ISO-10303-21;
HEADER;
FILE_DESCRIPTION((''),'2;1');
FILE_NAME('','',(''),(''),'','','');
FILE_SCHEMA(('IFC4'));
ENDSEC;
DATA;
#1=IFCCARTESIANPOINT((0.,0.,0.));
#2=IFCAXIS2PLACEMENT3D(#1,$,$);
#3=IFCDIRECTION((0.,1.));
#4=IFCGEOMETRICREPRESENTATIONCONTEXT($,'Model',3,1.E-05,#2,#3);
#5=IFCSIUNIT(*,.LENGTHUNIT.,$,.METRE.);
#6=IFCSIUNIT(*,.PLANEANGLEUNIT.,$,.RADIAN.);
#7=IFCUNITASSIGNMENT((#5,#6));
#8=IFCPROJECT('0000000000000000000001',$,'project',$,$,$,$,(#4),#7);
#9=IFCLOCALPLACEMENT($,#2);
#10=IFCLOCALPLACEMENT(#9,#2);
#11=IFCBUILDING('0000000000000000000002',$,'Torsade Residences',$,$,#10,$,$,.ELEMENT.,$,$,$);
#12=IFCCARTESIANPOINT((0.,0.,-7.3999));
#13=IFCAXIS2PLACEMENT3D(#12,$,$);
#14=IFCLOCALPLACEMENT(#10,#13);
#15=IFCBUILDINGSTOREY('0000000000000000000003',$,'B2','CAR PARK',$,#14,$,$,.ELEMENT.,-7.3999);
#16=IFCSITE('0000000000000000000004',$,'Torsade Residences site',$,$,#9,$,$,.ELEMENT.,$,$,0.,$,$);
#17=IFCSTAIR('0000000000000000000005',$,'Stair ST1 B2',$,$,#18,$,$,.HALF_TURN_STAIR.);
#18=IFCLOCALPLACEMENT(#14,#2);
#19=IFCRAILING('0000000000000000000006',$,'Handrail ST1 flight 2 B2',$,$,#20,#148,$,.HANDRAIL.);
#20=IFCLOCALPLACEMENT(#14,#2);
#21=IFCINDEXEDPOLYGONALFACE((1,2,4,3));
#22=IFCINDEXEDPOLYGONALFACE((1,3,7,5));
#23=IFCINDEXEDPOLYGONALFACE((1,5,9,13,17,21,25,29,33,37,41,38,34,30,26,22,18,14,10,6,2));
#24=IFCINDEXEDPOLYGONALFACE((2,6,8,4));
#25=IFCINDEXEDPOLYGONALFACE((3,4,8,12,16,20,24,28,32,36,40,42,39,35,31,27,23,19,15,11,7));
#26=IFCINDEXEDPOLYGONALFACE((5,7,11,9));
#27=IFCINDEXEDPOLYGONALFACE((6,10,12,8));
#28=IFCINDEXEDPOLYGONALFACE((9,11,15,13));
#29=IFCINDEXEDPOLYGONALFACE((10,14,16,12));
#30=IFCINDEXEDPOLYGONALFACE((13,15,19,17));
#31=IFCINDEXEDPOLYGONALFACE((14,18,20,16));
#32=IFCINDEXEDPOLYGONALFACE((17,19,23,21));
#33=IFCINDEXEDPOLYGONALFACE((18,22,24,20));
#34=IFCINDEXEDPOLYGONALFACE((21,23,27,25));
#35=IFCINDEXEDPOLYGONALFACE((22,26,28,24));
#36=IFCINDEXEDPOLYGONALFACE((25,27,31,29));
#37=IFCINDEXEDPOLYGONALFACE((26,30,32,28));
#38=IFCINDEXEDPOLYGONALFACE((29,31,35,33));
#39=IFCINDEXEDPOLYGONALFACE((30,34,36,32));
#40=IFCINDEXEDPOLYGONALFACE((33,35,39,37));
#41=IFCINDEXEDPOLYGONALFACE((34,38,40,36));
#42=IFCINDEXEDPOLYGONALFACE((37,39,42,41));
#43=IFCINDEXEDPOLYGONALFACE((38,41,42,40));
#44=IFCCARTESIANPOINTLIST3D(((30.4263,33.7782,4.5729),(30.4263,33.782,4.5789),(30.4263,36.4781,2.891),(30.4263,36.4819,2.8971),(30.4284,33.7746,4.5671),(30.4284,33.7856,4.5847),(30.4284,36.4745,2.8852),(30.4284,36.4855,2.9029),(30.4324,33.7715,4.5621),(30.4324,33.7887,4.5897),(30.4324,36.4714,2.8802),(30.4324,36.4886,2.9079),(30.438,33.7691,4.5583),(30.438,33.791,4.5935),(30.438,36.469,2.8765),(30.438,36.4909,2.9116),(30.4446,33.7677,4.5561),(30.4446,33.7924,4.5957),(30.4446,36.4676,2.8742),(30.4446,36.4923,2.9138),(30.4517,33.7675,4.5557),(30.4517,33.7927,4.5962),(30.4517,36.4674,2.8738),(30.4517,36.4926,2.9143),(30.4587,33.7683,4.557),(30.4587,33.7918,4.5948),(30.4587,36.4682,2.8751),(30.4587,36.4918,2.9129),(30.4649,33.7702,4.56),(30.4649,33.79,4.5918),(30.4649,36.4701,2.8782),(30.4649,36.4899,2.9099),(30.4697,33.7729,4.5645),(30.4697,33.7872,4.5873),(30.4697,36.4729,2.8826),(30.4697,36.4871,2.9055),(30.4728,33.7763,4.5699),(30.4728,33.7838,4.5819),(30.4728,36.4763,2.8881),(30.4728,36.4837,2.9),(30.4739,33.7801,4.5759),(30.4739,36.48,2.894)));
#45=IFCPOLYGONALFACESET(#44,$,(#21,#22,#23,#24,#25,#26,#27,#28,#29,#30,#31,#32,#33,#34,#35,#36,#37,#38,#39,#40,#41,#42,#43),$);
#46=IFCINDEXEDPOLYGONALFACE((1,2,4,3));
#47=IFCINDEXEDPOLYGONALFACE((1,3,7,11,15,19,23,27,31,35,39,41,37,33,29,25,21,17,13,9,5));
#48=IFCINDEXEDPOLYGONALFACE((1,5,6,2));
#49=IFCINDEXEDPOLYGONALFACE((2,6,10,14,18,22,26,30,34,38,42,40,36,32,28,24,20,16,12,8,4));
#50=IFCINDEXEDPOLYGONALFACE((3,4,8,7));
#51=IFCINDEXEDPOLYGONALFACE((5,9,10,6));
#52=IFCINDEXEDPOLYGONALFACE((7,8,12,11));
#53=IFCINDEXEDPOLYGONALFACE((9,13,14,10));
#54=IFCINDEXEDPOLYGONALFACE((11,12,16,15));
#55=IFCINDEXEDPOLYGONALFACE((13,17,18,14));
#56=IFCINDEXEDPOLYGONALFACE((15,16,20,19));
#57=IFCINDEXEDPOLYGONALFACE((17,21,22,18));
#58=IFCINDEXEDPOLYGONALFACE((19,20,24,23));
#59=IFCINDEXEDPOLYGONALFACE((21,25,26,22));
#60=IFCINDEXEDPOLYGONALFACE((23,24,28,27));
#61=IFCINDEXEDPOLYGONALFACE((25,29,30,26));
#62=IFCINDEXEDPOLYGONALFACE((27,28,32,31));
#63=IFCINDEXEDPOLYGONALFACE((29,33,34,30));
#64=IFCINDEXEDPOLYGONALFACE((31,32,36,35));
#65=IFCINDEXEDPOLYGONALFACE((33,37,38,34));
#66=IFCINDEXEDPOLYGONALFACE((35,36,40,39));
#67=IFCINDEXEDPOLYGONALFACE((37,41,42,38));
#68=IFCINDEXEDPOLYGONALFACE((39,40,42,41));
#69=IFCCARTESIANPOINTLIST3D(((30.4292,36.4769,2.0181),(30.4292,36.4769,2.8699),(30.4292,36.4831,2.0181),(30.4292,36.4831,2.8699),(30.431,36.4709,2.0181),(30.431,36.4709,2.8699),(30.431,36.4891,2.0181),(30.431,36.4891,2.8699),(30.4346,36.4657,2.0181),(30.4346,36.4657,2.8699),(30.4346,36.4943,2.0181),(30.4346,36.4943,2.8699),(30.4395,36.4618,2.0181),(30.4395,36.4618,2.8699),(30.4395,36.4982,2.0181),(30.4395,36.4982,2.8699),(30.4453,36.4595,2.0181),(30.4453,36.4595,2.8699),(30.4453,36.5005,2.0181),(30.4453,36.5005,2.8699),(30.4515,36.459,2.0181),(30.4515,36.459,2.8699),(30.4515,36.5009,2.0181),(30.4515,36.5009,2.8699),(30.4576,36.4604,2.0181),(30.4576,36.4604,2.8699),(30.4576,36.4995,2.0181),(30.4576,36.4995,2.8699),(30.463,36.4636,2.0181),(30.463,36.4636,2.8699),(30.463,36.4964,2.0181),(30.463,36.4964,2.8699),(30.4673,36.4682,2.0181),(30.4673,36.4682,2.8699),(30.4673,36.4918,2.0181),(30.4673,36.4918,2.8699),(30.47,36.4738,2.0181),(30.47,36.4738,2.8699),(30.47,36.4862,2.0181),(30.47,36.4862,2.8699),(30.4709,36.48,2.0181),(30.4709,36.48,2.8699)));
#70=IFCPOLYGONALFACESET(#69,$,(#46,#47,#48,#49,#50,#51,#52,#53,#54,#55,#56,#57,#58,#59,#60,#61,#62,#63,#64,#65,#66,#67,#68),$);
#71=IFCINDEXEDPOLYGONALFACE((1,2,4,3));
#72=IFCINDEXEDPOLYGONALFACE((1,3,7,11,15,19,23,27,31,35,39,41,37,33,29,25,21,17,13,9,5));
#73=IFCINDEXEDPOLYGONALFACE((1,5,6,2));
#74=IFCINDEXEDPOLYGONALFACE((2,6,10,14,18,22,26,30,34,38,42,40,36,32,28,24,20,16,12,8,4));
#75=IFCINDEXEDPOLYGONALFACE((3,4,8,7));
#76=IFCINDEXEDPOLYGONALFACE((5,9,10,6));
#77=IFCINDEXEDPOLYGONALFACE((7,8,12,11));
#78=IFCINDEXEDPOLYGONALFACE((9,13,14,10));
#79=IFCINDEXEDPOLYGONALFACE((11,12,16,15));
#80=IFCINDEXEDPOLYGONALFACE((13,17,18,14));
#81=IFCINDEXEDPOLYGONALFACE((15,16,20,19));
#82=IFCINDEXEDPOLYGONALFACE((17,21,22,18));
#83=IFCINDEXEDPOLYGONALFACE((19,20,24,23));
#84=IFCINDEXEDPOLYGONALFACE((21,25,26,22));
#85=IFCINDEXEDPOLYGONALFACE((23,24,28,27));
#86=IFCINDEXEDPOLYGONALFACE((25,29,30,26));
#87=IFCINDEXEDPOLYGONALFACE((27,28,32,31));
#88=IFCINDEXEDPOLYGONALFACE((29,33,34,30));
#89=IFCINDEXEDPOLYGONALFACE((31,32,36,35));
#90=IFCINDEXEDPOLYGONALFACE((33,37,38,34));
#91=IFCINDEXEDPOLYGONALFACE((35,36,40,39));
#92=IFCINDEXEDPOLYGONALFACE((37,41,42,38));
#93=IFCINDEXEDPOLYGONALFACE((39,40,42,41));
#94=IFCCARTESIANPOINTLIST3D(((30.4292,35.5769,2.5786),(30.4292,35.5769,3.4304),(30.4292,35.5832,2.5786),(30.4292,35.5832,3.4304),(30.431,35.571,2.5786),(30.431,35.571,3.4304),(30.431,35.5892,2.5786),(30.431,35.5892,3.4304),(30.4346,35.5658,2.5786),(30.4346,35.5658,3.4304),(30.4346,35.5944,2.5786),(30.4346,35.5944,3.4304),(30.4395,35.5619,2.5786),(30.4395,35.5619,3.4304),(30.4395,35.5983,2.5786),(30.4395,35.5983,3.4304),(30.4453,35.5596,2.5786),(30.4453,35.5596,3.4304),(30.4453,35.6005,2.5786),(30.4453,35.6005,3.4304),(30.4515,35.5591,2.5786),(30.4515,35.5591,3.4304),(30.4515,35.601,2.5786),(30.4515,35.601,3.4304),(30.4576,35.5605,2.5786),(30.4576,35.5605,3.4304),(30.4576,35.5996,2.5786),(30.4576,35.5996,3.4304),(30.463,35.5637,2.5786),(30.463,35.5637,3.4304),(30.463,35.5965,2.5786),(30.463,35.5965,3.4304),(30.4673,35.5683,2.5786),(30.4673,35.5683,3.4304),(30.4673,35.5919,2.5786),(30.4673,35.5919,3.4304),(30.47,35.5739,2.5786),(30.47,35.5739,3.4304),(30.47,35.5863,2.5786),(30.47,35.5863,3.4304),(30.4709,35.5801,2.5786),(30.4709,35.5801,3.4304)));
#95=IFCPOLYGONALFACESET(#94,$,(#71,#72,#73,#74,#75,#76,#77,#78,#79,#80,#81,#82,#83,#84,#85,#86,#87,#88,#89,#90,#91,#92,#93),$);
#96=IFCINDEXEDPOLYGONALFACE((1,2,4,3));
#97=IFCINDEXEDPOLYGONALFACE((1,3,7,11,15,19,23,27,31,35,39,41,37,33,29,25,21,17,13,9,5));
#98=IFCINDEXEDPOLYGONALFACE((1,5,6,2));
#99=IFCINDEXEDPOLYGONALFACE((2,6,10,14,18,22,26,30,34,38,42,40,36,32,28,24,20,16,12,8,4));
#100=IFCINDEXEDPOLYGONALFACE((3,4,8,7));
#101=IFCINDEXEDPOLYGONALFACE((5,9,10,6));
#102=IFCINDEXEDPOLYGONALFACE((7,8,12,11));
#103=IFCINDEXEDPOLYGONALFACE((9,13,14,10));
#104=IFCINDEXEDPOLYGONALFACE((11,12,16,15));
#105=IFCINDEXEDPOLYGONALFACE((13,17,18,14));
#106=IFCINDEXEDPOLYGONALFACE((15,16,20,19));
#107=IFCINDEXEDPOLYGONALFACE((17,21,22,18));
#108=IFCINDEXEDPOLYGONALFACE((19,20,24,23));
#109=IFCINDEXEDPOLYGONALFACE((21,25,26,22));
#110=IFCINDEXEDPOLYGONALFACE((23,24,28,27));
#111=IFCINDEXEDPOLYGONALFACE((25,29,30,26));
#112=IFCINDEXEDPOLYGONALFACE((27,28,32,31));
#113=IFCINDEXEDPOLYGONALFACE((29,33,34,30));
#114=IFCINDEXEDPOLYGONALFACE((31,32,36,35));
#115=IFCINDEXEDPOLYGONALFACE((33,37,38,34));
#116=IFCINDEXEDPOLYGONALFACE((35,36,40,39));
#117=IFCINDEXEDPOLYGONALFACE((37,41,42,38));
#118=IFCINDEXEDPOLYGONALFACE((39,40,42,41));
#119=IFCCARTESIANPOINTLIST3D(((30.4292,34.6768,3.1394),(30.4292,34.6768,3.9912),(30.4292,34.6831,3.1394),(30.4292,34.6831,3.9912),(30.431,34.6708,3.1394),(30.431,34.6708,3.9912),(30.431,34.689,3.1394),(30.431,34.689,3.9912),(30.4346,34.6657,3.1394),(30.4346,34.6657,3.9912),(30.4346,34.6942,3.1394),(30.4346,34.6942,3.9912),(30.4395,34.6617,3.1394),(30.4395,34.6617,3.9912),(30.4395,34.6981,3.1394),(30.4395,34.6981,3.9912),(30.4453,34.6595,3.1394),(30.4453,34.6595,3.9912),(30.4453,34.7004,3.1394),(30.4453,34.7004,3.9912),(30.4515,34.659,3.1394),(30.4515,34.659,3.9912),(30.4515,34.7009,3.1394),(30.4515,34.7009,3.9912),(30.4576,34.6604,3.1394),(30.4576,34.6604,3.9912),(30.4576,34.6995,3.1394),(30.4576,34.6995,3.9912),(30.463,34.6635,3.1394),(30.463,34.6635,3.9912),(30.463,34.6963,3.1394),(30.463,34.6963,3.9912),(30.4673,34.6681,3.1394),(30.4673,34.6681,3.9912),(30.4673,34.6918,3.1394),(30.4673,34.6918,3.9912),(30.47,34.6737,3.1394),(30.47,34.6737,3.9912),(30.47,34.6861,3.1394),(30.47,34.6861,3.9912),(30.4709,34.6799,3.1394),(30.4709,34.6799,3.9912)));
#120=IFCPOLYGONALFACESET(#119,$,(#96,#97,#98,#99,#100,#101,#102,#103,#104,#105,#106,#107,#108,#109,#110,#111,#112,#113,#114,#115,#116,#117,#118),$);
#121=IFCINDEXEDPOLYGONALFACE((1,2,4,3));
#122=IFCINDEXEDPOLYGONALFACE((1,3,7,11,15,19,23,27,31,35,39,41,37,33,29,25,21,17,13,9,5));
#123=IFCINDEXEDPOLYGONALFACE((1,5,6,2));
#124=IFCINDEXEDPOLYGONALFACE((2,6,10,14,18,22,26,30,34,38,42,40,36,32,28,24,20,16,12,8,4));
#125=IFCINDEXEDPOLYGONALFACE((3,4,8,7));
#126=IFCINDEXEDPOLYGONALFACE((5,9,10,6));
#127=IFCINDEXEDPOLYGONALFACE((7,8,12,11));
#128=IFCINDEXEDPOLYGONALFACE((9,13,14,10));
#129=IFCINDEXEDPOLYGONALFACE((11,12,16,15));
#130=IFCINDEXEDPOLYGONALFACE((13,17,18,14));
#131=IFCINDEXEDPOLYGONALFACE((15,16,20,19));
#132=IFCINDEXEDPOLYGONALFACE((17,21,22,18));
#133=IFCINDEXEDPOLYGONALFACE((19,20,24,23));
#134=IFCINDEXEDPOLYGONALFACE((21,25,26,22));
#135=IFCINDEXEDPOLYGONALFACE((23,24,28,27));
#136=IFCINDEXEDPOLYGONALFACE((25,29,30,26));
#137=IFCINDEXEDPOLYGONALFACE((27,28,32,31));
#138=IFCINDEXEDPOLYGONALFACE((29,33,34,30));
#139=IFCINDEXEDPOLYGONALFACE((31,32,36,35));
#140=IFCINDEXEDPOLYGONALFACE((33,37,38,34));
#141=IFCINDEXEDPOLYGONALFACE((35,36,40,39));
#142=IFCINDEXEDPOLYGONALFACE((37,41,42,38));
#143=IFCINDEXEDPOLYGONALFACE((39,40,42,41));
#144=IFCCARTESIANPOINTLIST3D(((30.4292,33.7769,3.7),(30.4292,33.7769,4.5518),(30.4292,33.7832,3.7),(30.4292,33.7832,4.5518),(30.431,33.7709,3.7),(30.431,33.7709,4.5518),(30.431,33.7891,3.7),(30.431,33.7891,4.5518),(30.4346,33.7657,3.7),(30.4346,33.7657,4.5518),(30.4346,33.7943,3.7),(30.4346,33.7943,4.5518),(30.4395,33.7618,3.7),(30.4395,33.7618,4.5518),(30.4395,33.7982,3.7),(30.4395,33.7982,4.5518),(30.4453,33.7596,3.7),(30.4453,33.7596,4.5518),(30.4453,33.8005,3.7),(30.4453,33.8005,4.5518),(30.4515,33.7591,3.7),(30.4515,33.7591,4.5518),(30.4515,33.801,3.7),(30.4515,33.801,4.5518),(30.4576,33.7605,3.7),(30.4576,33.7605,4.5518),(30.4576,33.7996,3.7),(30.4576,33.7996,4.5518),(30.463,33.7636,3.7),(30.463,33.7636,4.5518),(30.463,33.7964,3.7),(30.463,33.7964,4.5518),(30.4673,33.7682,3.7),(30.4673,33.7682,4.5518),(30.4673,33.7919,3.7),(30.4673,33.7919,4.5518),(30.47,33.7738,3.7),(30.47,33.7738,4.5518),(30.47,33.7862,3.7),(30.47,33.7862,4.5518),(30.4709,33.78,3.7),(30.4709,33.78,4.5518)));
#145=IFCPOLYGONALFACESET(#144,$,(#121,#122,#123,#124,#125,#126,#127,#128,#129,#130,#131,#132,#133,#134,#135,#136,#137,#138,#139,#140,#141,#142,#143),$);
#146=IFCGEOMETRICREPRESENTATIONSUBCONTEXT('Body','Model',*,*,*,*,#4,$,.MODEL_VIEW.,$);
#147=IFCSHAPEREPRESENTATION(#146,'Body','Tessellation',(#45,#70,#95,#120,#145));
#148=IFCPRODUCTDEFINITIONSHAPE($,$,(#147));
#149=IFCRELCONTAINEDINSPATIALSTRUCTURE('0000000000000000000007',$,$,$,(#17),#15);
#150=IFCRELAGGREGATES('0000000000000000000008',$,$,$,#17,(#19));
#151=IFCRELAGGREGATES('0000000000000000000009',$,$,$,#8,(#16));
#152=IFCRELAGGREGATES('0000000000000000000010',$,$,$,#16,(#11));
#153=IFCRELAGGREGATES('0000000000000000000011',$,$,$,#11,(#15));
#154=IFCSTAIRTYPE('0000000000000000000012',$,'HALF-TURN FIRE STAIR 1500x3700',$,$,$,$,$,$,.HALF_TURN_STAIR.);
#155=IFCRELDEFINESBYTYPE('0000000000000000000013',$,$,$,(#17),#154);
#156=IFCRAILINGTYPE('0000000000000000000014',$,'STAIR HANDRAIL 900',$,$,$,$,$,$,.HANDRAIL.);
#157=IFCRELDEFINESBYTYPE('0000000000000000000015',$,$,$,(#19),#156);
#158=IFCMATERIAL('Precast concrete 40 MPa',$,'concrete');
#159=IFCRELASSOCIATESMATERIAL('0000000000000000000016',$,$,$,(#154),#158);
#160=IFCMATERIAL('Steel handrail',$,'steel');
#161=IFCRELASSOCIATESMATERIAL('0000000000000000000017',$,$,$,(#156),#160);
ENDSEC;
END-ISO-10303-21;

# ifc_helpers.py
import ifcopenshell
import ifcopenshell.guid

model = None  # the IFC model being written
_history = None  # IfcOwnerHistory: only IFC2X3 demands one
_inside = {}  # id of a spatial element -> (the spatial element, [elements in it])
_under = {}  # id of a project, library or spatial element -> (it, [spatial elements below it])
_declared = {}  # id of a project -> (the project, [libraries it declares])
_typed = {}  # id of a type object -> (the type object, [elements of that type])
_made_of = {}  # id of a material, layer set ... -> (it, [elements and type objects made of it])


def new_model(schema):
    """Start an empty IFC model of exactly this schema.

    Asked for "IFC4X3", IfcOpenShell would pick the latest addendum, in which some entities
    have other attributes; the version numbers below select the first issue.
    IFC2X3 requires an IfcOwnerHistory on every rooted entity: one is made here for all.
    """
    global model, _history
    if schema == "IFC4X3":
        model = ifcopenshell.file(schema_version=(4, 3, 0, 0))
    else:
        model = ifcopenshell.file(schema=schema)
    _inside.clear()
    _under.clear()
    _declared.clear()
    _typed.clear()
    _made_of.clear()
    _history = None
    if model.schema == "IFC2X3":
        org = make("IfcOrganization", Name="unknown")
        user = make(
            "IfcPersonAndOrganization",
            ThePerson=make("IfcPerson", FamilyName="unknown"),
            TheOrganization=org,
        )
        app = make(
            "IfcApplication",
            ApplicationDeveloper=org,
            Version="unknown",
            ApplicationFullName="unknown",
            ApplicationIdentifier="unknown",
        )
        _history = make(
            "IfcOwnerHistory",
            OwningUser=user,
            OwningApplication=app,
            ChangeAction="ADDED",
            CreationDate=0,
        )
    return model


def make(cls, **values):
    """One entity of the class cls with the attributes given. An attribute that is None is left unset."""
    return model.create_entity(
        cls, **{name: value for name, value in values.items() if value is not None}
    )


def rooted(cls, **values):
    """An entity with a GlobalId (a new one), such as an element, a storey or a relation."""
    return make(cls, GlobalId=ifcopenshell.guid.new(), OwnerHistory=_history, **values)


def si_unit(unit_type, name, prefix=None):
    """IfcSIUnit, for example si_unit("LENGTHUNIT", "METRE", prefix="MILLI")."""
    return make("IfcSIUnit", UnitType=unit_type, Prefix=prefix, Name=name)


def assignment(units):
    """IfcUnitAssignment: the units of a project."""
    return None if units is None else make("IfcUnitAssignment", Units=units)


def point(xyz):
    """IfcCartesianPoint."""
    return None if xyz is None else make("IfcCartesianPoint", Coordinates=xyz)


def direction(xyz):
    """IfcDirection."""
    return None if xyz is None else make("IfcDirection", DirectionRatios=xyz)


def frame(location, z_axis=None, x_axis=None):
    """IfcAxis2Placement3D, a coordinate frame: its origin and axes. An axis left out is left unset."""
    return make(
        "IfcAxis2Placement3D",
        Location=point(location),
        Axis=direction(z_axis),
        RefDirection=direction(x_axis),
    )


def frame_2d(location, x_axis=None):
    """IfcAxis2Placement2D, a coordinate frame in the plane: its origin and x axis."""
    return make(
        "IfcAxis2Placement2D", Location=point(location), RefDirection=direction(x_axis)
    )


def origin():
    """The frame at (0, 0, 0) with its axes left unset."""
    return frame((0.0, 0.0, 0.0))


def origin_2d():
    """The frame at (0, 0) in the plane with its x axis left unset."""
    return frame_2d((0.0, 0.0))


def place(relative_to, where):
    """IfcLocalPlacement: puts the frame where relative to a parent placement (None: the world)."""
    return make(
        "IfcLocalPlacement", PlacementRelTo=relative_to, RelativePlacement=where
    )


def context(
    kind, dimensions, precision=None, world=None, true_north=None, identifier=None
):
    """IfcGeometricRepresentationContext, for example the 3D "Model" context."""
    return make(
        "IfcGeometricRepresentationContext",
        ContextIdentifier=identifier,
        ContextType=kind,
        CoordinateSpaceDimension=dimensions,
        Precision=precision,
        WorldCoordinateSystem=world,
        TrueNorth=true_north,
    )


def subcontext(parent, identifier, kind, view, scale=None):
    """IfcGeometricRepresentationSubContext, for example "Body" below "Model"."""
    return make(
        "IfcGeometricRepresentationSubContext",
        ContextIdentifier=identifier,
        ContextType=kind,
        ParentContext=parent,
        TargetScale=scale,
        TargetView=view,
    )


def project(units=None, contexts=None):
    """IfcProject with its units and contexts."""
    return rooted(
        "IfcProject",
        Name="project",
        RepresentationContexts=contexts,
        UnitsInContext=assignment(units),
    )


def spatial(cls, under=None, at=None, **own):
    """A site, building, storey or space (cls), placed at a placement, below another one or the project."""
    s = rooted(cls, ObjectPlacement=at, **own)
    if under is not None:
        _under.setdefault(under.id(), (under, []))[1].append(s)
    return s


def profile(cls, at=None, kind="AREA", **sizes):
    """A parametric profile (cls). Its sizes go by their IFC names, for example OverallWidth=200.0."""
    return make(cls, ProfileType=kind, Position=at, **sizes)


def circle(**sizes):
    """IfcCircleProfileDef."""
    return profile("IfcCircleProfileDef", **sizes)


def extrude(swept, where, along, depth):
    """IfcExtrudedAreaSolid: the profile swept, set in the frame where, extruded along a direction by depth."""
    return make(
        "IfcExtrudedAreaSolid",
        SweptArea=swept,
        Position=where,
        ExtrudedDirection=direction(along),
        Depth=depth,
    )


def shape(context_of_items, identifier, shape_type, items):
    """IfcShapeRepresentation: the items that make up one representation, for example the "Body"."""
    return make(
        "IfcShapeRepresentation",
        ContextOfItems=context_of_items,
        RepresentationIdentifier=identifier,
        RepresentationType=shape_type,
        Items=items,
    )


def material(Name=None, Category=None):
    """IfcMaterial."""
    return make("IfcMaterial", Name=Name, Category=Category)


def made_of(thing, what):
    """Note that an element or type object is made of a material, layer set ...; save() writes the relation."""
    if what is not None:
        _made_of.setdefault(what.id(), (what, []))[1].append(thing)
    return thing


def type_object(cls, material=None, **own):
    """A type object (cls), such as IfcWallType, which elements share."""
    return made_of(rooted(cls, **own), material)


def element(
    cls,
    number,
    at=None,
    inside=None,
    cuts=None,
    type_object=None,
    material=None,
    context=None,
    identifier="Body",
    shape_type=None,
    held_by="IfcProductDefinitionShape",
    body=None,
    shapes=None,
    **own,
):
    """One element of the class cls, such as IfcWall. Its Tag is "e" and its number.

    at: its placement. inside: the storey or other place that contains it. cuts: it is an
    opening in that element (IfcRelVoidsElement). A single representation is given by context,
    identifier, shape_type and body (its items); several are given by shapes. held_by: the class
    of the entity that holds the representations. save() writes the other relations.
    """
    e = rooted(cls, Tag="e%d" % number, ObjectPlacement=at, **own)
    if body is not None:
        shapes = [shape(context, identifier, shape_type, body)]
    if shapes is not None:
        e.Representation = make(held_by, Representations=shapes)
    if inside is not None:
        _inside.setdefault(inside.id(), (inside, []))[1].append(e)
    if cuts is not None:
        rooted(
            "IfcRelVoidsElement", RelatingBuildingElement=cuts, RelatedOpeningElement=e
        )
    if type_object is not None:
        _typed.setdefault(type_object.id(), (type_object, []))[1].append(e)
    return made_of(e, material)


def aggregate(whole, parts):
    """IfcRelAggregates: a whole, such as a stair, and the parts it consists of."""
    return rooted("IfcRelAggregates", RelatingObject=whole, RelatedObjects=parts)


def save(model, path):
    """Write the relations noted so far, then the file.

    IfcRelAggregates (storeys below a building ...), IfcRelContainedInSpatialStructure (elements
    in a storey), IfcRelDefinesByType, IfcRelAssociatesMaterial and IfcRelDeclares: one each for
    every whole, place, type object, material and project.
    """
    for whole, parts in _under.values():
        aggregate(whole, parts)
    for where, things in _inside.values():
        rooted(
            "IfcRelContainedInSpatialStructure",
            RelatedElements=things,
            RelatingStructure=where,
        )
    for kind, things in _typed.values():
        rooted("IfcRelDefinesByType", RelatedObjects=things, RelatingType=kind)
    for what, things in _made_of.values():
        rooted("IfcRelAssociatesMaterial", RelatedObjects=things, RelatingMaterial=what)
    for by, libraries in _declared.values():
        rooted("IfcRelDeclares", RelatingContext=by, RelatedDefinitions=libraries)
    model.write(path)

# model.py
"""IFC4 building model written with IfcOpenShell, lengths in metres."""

from ifc_helpers import new_model, si_unit, direction, frame, origin, origin_2d, place, context, subcontext, project, spatial, circle, extrude, material, type_object, element, aggregate, save


model = new_model("IFC4")

# Units and contexts
model_context = context("Model", 3, precision=1e-05, world=origin(), true_north=direction((0.0, 1.0)))
body_context = subcontext(model_context, "Body", "Model", "MODEL_VIEW")
ifc_project = project(units=[si_unit("LENGTHUNIT", "METRE"), si_unit("PLANEANGLEUNIT", "RADIAN")], contexts=[model_context])

# Site, building, storey
site_placement = place(None, origin())
site = spatial("IfcSite", under=ifc_project, at=site_placement, Name="Torsade Residences site", CompositionType="ELEMENT", RefElevation=0.0)
building_placement = place(site_placement, origin())
building = spatial("IfcBuilding", under=site, at=building_placement, Name="Torsade Residences", CompositionType="ELEMENT")
storey_placement = place(building_placement, frame((0.0, 0.0, -7.3999)))
storey = spatial("IfcBuildingStorey", under=building, at=storey_placement, Name="B2", Description="CAR PARK", CompositionType="ELEMENT", Elevation=-7.3999)

# Stair, railing
ifc_material_1 = material(Name="Precast concrete 40 MPa", Category="concrete")
stair_type = type_object("IfcStairType", Name="HALF-TURN FIRE STAIR 1500x3700", PredefinedType="HALF_TURN_STAIR", material=ifc_material_1)
stair_placement = place(storey_placement, origin())
stair = element("IfcStair", 1, at=stair_placement, inside=storey, type_object=stair_type, Name="Stair ST1 B2", PredefinedType="HALF_TURN_STAIR")
ifc_material_2 = material(Name="Steel handrail", Category="steel")
railing_type = type_object("IfcRailingType", Name="STAIR HANDRAIL 900", PredefinedType="HANDRAIL", material=ifc_material_2)
railing_1_placement = place(storey_placement, frame((30.45, 36.48, 2.0181)))
railing_1 = element("IfcRailing", 2, at=railing_1_placement, type_object=railing_type, Name="Handrail ST1 flight 2 B2", PredefinedType="HANDRAIL", context=body_context, shape_type="SweptSolid", body=[
    extrude(circle(Radius=0.0239, at=origin_2d()), frame((0.0, 0.0, 0.876), z_axis=(0.0, -0.848786, 0.528736), x_axis=(1.0, 0.0, 0.0)), (0.0, 0.0, 1.0), 3.1809),
    extrude(circle(Radius=0.021, at=origin_2d()), origin(), (0.0, 0.0, 1.0), 0.8518),
    extrude(circle(Radius=0.021, at=origin_2d()), frame((0.0, -0.8999, 0.5605)), (0.0, 0.0, 1.0), 0.8518),
    extrude(circle(Radius=0.021, at=origin_2d()), frame((0.0, -1.8, 1.1213)), (0.0, 0.0, 1.0), 0.8518),
    extrude(circle(Radius=0.021, at=origin_2d()), frame((0.0, -2.7, 1.6819)), (0.0, 0.0, 1.0), 0.8518),
])
aggregate(stair, [railing_1])

save(model, "model.ifc")
